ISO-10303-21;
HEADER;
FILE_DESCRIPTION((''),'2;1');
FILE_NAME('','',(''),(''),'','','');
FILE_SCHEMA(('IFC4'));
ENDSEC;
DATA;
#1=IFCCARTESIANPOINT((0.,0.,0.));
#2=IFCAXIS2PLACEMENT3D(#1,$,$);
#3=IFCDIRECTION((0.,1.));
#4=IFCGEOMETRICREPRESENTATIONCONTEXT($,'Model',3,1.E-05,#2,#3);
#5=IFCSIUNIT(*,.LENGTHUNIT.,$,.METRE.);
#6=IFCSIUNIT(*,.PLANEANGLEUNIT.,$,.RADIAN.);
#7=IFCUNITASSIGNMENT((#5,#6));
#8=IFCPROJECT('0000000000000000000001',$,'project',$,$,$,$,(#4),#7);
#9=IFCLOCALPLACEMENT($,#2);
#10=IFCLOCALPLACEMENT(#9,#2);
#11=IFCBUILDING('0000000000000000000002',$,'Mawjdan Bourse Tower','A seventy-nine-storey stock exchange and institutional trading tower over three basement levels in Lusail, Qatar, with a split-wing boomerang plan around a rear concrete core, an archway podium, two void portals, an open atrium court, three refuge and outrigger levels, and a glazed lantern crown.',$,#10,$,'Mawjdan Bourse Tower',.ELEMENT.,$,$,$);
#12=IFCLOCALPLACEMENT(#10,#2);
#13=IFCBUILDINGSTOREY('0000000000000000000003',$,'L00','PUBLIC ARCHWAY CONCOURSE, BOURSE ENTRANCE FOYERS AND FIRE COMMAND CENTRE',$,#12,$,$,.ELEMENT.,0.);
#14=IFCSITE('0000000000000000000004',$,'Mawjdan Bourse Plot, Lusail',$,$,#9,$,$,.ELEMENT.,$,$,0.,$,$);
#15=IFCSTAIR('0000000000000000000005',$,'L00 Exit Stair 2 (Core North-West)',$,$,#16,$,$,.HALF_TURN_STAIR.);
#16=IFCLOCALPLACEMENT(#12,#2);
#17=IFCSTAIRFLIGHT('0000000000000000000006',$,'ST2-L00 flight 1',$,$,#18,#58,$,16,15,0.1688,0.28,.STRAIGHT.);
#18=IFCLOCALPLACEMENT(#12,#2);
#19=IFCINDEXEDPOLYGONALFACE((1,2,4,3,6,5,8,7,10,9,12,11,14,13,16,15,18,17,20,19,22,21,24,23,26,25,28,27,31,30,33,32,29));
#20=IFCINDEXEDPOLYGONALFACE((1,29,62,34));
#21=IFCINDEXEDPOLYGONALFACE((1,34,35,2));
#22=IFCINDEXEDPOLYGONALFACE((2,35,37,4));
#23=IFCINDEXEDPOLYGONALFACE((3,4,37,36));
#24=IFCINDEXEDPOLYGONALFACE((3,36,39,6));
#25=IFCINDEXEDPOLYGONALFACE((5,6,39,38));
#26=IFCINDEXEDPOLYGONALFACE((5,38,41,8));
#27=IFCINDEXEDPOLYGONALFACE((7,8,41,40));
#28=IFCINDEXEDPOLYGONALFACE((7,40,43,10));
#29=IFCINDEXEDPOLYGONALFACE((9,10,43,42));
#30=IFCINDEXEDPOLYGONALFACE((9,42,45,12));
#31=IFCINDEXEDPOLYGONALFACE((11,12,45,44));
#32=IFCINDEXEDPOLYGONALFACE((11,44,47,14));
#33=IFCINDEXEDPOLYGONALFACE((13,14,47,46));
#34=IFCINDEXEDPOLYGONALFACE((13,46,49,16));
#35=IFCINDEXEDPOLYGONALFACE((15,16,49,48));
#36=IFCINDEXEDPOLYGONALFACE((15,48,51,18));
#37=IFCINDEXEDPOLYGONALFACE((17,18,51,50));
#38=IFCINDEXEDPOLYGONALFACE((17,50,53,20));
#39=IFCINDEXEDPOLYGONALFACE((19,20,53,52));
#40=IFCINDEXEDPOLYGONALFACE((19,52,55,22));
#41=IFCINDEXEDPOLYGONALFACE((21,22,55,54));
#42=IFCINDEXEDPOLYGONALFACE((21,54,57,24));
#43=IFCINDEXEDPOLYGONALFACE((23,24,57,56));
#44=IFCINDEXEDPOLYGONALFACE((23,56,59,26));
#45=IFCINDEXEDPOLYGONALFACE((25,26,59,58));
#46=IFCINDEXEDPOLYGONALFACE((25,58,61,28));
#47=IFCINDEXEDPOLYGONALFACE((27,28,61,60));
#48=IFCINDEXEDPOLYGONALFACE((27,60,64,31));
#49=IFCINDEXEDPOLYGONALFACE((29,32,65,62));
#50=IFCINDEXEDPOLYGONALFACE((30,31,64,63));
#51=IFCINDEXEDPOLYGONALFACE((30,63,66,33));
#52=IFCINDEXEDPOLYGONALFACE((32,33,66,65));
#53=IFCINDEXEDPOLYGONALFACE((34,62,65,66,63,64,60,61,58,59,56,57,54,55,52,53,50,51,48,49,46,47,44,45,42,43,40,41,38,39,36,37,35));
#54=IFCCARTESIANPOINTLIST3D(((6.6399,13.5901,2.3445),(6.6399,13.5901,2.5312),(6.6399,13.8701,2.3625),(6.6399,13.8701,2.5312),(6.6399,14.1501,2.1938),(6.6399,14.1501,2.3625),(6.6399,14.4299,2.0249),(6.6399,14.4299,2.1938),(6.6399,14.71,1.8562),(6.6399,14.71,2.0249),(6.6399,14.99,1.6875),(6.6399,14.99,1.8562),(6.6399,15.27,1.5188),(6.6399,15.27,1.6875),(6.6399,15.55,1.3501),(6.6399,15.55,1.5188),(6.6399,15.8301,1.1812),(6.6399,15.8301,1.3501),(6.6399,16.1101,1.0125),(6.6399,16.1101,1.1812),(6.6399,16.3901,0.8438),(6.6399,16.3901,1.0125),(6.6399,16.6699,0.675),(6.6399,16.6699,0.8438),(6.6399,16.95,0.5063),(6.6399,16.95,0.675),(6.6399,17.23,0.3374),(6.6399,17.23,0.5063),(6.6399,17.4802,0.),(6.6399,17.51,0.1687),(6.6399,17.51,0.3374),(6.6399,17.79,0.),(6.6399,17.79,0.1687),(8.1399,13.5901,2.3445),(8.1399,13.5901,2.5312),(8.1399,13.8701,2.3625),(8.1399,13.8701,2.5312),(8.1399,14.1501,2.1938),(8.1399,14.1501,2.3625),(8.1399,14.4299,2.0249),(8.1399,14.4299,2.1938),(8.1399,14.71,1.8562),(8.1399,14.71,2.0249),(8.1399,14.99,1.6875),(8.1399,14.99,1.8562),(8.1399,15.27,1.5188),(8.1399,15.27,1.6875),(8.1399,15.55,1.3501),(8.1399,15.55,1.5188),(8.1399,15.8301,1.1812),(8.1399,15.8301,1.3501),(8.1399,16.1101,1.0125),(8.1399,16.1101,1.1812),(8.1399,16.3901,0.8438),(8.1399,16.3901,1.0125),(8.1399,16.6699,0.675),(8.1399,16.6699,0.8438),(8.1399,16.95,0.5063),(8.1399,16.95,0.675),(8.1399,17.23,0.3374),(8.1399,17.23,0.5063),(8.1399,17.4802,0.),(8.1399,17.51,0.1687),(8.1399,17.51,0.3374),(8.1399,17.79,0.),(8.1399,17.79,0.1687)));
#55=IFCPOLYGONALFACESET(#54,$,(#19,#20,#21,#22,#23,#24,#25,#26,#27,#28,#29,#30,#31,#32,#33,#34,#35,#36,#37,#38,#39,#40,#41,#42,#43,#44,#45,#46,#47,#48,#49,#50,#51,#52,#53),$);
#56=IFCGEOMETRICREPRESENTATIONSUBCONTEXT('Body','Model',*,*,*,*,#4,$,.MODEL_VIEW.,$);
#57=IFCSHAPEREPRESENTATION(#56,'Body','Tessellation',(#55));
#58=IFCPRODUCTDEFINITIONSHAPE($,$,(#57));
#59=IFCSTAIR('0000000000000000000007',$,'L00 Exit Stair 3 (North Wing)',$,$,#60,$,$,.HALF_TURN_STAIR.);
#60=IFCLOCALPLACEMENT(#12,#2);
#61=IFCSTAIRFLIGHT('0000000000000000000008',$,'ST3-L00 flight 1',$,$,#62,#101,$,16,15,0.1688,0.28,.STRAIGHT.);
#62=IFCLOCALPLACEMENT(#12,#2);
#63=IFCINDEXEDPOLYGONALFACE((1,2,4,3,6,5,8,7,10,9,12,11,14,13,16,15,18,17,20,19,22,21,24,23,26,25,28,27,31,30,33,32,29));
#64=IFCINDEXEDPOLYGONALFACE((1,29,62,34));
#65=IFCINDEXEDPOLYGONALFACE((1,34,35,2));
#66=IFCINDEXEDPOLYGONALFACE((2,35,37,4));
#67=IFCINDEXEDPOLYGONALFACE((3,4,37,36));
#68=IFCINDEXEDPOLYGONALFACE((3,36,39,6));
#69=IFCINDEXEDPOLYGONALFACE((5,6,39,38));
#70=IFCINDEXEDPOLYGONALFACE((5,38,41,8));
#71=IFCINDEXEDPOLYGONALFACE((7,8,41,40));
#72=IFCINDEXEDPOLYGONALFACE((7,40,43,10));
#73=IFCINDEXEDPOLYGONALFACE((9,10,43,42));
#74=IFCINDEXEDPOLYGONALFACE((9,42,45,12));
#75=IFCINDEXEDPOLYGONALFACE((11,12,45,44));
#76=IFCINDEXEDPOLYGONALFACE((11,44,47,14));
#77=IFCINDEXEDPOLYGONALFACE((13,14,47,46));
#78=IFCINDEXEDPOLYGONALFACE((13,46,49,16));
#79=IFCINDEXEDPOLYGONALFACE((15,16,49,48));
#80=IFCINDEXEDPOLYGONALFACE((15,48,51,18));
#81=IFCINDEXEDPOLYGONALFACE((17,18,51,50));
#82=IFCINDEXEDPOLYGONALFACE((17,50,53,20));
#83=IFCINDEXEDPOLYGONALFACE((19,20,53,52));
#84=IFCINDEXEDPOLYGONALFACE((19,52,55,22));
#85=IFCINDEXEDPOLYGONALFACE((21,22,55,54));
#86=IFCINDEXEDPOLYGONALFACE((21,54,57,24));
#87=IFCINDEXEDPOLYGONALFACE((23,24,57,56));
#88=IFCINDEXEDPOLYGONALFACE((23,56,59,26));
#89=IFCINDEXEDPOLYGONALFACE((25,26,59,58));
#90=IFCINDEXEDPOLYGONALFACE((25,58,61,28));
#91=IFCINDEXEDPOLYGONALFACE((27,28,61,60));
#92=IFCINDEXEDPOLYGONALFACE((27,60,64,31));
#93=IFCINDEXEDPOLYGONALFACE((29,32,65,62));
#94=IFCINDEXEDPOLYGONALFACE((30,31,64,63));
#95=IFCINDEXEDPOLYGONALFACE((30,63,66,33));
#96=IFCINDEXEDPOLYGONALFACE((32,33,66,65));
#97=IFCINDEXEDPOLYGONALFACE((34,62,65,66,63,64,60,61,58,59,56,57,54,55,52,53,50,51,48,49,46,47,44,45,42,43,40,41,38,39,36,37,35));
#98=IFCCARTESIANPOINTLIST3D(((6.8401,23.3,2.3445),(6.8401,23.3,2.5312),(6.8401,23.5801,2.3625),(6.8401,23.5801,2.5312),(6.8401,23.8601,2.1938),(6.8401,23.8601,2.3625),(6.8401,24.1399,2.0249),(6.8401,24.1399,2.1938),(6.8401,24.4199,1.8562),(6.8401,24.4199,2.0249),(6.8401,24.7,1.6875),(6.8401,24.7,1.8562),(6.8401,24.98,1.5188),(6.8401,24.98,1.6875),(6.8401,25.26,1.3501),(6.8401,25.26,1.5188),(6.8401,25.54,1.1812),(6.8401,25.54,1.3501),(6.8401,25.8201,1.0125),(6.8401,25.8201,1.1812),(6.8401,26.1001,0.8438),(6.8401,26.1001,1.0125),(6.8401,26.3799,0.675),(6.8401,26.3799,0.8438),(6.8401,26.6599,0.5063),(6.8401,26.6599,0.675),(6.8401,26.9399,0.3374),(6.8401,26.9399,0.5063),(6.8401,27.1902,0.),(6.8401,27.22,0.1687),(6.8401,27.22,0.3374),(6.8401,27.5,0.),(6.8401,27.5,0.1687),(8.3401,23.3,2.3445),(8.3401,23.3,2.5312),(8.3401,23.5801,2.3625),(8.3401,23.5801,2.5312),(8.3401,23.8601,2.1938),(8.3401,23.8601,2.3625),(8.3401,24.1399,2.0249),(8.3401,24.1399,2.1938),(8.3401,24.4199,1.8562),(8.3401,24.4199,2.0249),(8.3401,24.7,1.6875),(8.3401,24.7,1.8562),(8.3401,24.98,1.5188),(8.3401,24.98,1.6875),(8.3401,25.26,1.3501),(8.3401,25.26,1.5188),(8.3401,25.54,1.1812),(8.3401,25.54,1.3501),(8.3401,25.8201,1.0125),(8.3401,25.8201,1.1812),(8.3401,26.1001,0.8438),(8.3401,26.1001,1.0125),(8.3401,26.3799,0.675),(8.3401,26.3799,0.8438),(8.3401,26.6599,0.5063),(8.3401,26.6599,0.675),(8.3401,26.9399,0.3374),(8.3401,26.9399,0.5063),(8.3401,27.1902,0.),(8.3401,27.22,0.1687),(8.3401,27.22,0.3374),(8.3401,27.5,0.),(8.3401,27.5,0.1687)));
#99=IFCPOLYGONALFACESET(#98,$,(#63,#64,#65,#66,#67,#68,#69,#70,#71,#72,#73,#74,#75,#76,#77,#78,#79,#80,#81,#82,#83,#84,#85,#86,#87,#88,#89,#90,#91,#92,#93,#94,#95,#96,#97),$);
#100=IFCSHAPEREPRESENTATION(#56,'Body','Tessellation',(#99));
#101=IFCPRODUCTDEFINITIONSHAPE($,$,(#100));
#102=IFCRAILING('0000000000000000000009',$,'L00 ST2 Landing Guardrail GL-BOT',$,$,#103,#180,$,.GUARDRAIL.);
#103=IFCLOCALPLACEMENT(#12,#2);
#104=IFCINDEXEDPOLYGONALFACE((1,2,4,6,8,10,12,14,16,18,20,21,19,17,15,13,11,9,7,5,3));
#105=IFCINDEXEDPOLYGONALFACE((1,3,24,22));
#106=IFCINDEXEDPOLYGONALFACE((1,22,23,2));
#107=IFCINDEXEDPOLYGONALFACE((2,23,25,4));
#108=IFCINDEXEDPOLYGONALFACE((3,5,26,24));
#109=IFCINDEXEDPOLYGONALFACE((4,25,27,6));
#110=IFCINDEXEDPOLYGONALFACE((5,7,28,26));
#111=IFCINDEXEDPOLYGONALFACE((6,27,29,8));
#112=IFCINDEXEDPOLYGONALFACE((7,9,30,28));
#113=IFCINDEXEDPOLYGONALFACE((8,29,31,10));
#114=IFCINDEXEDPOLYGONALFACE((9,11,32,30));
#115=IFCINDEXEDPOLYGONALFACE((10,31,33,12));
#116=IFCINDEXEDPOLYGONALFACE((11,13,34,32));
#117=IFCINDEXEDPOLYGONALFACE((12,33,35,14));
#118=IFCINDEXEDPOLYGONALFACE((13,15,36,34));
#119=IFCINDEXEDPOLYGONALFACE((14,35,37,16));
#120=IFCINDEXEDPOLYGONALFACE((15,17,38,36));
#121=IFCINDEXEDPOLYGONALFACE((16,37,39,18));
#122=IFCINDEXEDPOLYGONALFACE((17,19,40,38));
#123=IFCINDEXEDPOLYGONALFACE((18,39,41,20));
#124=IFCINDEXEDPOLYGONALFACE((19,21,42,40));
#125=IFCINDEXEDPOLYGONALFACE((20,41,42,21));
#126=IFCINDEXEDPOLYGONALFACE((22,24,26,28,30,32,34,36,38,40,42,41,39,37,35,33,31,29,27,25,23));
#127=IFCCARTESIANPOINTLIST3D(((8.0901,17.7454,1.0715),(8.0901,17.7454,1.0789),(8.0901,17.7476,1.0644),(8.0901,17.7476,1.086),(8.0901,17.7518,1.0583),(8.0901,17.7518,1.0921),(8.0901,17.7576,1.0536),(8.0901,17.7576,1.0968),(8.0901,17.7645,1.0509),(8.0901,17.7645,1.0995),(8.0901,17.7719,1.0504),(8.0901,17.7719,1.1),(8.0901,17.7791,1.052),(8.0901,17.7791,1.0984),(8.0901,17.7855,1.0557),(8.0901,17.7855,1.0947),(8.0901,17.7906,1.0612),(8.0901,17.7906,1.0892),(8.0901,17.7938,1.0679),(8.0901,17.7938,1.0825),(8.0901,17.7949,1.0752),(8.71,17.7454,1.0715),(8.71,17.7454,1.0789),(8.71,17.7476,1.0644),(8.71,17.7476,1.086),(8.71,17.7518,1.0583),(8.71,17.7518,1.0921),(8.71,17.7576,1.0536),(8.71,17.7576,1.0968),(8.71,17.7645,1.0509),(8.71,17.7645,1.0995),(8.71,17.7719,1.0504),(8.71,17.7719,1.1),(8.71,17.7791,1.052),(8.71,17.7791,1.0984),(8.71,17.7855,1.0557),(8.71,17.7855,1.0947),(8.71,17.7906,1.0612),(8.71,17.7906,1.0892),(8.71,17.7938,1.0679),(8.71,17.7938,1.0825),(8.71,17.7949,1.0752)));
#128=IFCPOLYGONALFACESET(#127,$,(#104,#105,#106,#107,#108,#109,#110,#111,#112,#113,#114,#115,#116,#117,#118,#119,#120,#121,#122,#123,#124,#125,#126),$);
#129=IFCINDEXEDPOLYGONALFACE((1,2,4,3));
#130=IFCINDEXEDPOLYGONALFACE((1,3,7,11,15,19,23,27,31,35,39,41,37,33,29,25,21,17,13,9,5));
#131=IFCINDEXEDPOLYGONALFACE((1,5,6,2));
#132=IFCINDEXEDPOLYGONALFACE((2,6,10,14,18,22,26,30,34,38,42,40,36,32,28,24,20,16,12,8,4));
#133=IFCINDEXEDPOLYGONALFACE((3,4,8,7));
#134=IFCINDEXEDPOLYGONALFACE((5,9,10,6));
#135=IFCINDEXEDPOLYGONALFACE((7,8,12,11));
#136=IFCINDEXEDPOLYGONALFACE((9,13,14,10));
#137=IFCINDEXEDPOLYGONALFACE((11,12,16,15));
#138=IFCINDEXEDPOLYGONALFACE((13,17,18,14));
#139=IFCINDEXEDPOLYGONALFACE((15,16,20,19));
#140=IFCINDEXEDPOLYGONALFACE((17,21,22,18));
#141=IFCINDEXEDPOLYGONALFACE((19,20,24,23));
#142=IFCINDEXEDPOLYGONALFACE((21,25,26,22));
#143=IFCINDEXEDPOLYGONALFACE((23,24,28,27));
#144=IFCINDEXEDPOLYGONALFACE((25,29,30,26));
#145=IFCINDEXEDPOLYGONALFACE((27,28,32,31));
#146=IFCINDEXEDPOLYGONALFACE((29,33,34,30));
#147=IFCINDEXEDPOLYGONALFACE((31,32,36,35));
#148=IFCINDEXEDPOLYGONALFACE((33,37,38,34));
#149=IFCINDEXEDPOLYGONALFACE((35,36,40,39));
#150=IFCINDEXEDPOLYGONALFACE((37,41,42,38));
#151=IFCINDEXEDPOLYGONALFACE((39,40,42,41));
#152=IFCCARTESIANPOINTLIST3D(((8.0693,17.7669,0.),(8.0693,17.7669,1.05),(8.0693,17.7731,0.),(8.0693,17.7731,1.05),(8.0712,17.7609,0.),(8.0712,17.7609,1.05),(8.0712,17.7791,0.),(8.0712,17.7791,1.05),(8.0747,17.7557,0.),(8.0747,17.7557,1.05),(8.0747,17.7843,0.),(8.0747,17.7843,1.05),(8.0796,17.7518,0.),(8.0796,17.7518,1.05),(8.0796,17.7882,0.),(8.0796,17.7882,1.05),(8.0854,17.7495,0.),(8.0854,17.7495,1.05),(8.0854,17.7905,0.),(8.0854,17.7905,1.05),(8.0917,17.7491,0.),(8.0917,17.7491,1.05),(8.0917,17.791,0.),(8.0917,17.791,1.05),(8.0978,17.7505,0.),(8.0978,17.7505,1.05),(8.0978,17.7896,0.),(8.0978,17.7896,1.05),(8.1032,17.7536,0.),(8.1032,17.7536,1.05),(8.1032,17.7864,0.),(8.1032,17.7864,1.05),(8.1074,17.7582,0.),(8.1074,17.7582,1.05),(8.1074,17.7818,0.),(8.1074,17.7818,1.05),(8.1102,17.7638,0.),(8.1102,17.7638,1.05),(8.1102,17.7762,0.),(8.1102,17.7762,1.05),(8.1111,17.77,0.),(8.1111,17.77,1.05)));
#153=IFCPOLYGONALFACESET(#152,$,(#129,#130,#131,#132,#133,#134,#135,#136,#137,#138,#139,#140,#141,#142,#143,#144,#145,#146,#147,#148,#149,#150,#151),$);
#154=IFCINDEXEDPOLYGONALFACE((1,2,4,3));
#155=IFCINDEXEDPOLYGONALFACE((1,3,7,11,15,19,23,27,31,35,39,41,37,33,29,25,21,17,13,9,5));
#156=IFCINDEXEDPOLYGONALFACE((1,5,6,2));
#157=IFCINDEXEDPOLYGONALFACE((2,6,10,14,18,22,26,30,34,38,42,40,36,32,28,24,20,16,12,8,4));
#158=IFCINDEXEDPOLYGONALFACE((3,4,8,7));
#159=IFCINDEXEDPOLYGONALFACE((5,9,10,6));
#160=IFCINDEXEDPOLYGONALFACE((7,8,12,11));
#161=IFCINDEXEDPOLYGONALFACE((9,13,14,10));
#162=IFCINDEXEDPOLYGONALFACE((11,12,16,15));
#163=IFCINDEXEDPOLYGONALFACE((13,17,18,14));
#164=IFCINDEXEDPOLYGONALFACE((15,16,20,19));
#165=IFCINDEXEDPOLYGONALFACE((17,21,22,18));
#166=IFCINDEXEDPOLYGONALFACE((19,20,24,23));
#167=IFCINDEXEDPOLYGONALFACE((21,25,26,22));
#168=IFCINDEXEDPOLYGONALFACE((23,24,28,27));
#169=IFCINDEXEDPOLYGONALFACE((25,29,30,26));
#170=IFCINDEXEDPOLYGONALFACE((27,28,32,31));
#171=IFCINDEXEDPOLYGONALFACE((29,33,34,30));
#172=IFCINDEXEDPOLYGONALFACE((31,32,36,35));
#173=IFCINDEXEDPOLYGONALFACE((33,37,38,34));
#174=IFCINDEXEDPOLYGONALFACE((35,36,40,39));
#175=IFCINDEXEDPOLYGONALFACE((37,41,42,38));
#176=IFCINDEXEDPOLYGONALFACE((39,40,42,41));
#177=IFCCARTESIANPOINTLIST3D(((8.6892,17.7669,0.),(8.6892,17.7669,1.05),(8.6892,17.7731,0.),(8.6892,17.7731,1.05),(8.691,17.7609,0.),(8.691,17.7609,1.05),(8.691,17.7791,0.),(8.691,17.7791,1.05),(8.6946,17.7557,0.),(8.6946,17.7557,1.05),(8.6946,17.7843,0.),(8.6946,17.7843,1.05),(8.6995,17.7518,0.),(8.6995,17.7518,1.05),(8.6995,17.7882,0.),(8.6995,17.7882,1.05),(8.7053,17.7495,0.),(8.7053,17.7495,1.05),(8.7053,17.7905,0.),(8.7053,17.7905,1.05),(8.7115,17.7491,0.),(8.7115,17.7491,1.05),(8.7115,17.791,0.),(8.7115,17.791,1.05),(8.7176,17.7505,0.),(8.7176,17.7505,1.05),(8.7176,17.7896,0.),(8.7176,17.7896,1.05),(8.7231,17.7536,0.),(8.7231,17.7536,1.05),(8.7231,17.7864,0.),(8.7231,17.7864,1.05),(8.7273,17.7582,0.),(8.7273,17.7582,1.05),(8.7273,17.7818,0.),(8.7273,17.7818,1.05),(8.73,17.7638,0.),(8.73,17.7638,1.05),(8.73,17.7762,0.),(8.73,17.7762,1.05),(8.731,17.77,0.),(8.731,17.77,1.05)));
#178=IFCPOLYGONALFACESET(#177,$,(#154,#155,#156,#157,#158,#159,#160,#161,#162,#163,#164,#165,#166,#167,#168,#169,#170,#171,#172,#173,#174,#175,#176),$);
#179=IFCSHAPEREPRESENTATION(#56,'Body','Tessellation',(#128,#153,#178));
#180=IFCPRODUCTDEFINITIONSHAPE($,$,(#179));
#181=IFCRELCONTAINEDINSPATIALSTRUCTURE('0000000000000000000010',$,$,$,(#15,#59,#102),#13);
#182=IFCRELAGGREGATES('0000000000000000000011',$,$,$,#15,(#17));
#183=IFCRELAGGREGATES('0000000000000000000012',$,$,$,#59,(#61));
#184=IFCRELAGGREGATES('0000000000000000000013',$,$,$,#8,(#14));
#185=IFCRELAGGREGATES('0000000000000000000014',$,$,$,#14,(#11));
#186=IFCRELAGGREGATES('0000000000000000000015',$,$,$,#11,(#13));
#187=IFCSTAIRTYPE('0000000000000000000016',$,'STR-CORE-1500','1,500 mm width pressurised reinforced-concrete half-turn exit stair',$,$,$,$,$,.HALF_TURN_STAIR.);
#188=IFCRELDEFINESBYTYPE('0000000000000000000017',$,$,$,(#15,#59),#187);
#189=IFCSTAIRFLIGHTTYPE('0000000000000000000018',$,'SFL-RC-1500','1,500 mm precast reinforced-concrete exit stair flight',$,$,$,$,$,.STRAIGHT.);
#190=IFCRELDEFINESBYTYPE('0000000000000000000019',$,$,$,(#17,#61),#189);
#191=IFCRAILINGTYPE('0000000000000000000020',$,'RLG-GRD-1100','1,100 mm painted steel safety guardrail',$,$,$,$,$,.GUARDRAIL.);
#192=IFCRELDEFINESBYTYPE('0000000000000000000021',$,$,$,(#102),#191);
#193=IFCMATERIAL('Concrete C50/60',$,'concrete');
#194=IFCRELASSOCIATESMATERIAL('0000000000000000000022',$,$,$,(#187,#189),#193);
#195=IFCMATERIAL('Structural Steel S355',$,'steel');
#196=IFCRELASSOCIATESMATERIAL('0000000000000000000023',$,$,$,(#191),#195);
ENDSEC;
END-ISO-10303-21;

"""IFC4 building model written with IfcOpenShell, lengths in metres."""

from ifc_helpers import new_model, si_unit, direction, frame, origin, origin_2d, place, context, subcontext, project, spatial, polyline, circle, outline, extrude, material, type_object, element, aggregate, save


model = new_model("IFC4")

# Units and contexts
model_context = context("Model", 3, precision=1e-05, world=origin(), true_north=direction((0.0, 1.0)))
body_context = subcontext(model_context, "Body", "Model", "MODEL_VIEW")
ifc_project = project(units=[si_unit("LENGTHUNIT", "METRE"), si_unit("PLANEANGLEUNIT", "RADIAN")], contexts=[model_context])

# Site, building, storey
site_placement = place(None, origin())
site = spatial("IfcSite", under=ifc_project, at=site_placement, Name="Mawjdan Bourse Plot, Lusail", CompositionType="ELEMENT", RefElevation=0.0)
building_placement = place(site_placement, origin())
building = spatial("IfcBuilding", under=site, at=building_placement, Name="Mawjdan Bourse Tower", Description="A seventy-nine-storey stock exchange and institutional trading tower over three basement levels in Lusail, Qatar, with a split-wing boomerang plan around a rear concrete core, an archway podium, two void portals, an open atrium court, three refuge and outrigger levels, and a glazed lantern crown.", LongName="Mawjdan Bourse Tower", CompositionType="ELEMENT")
storey_placement = place(building_placement, origin())
storey = spatial("IfcBuildingStorey", under=building, at=storey_placement, Name="L00", Description="PUBLIC ARCHWAY CONCOURSE, BOURSE ENTRANCE FOYERS AND FIRE COMMAND CENTRE", CompositionType="ELEMENT", Elevation=0.0)

# Shared definitions
ifc_material_1 = material(Name="Structural Steel S355", Category="steel")

# Shared definitions
ifc_material_2 = material(Name="Concrete C50/60", Category="concrete")

# Stairs, stair flights
stair_type = type_object("IfcStairType", Name="STR-CORE-1500", Description="1,500 mm width pressurised reinforced-concrete half-turn exit stair", PredefinedType="HALF_TURN_STAIR", material=ifc_material_2)
stair_1_placement = place(storey_placement, origin())
stair_1 = element("IfcStair", 1, at=stair_1_placement, inside=storey, type_object=stair_type, Name="L00 Exit Stair 2 (Core North-West)", PredefinedType="HALF_TURN_STAIR")
stair_flight_type = type_object("IfcStairFlightType", Name="SFL-RC-1500", Description="1,500 mm precast reinforced-concrete exit stair flight", PredefinedType="STRAIGHT", material=ifc_material_2)
stair_flight_1_placement = place(storey_placement, frame((7.3899, 17.79, 0.0), z_axis=(0.0, 0.0, 1.0), x_axis=(0.0, -1.0, 0.0)))
stair_flight_1 = element("IfcStairFlight", 2, at=stair_flight_1_placement, type_object=stair_flight_type, Name="ST2-L00 flight 1", NumberOfRisers=16, NumberOfTreads=15, PredefinedType="STRAIGHT", RiserHeight=0.1688, TreadLength=0.28, context=body_context, shape_type="SweptSolid", body=[
    extrude(outline(polyline([(0.0, 0.0), (0.0, 0.1687), (0.28, 0.1687), (0.28, 0.3374), (0.5601, 0.3374), (0.5601, 0.5063), (0.8401, 0.5063), (0.8401, 0.675), (1.1201, 0.675), (1.1201, 0.8438), (1.3999, 0.8438), (1.3999, 1.0125), (1.6799, 1.0125), (1.6799, 1.1812), (1.96, 1.1812), (1.96, 1.3501), (2.24, 1.3501), (2.24, 1.5188), (2.52, 1.5188), (2.52, 1.6875), (2.8, 1.6875), (2.8, 1.8562), (3.0801, 1.8562), (3.0801, 2.0249), (3.3601, 2.0249), (3.3601, 2.1938), (3.6399, 2.1938), (3.6399, 2.3625), (3.9199, 2.3625), (3.9199, 2.5312), (4.2, 2.5312), (4.2, 2.7), (4.2, 2.3445), (0.3098, 0.0), (0.0, 0.0)])), frame((0.0, 0.75, 0.0), z_axis=(0.0, -1.0, 0.0), x_axis=(1.0, 0.0, 0.0)), (0.0, 0.0, 1.0), 1.5),
])
aggregate(stair_1, [stair_flight_1])
stair_2_placement = place(storey_placement, origin())
stair_2 = element("IfcStair", 3, at=stair_2_placement, inside=storey, type_object=stair_type, Name="L00 Exit Stair 3 (North Wing)", PredefinedType="HALF_TURN_STAIR")
stair_flight_2_placement = place(storey_placement, frame((7.5901, 27.5, 0.0), z_axis=(0.0, 0.0, 1.0), x_axis=(0.0, -1.0, 0.0)))
stair_flight_2 = element("IfcStairFlight", 4, at=stair_flight_2_placement, type_object=stair_flight_type, Name="ST3-L00 flight 1", NumberOfRisers=16, NumberOfTreads=15, PredefinedType="STRAIGHT", RiserHeight=0.1688, TreadLength=0.28, context=body_context, shape_type="SweptSolid", body=[
    extrude(outline(polyline([(0.0, 0.0), (0.0, 0.1687), (0.28, 0.1687), (0.28, 0.3374), (0.5601, 0.3374), (0.5601, 0.5063), (0.8401, 0.5063), (0.8401, 0.675), (1.1201, 0.675), (1.1201, 0.8438), (1.3999, 0.8438), (1.3999, 1.0125), (1.6799, 1.0125), (1.6799, 1.1812), (1.96, 1.1812), (1.96, 1.3501), (2.24, 1.3501), (2.24, 1.5188), (2.52, 1.5188), (2.52, 1.6875), (2.8, 1.6875), (2.8, 1.8562), (3.0801, 1.8562), (3.0801, 2.0249), (3.3601, 2.0249), (3.3601, 2.1938), (3.6399, 2.1938), (3.6399, 2.3625), (3.9199, 2.3625), (3.9199, 2.5312), (4.2, 2.5312), (4.2, 2.7), (4.2, 2.3445), (0.3098, 0.0), (0.0, 0.0)])), frame((0.0, 0.75, 0.0), z_axis=(0.0, -1.0, 0.0), x_axis=(1.0, 0.0, 0.0)), (0.0, 0.0, 1.0), 1.5),
])
aggregate(stair_2, [stair_flight_2])

# Railing
railing_type_1 = type_object("IfcRailingType", Name="RLG-GRD-1100", Description="1,100 mm painted steel safety guardrail", PredefinedType="GUARDRAIL", material=ifc_material_1)
for number, where, name in (
    (5, (8.0901, 17.77, 0.0), "L00 ST2 Landing Guardrail GL-BOT"),
):
    element("IfcRailing", number, at=place(storey_placement, frame(where)), inside=storey, type_object=railing_type_1, Name=name, PredefinedType="GUARDRAIL", context=body_context, shape_type="SweptSolid", body=[
        extrude(circle(Radius=0.0249, at=origin_2d()), frame((0.0, 0.0, 1.0752), z_axis=(1.0, 0.0, 0.0), x_axis=(0.0, 1.0, 0.0)), (0.0, 0.0, 1.0), 0.6199),
        extrude(circle(Radius=0.021, at=origin_2d()), origin(), (0.0, 0.0, 1.0), 1.05),
        extrude(circle(Radius=0.021, at=origin_2d()), frame((0.6199, 0.0, 0.0)), (0.0, 0.0, 1.0), 1.05),
    ])

save(model, "model.ifc")
